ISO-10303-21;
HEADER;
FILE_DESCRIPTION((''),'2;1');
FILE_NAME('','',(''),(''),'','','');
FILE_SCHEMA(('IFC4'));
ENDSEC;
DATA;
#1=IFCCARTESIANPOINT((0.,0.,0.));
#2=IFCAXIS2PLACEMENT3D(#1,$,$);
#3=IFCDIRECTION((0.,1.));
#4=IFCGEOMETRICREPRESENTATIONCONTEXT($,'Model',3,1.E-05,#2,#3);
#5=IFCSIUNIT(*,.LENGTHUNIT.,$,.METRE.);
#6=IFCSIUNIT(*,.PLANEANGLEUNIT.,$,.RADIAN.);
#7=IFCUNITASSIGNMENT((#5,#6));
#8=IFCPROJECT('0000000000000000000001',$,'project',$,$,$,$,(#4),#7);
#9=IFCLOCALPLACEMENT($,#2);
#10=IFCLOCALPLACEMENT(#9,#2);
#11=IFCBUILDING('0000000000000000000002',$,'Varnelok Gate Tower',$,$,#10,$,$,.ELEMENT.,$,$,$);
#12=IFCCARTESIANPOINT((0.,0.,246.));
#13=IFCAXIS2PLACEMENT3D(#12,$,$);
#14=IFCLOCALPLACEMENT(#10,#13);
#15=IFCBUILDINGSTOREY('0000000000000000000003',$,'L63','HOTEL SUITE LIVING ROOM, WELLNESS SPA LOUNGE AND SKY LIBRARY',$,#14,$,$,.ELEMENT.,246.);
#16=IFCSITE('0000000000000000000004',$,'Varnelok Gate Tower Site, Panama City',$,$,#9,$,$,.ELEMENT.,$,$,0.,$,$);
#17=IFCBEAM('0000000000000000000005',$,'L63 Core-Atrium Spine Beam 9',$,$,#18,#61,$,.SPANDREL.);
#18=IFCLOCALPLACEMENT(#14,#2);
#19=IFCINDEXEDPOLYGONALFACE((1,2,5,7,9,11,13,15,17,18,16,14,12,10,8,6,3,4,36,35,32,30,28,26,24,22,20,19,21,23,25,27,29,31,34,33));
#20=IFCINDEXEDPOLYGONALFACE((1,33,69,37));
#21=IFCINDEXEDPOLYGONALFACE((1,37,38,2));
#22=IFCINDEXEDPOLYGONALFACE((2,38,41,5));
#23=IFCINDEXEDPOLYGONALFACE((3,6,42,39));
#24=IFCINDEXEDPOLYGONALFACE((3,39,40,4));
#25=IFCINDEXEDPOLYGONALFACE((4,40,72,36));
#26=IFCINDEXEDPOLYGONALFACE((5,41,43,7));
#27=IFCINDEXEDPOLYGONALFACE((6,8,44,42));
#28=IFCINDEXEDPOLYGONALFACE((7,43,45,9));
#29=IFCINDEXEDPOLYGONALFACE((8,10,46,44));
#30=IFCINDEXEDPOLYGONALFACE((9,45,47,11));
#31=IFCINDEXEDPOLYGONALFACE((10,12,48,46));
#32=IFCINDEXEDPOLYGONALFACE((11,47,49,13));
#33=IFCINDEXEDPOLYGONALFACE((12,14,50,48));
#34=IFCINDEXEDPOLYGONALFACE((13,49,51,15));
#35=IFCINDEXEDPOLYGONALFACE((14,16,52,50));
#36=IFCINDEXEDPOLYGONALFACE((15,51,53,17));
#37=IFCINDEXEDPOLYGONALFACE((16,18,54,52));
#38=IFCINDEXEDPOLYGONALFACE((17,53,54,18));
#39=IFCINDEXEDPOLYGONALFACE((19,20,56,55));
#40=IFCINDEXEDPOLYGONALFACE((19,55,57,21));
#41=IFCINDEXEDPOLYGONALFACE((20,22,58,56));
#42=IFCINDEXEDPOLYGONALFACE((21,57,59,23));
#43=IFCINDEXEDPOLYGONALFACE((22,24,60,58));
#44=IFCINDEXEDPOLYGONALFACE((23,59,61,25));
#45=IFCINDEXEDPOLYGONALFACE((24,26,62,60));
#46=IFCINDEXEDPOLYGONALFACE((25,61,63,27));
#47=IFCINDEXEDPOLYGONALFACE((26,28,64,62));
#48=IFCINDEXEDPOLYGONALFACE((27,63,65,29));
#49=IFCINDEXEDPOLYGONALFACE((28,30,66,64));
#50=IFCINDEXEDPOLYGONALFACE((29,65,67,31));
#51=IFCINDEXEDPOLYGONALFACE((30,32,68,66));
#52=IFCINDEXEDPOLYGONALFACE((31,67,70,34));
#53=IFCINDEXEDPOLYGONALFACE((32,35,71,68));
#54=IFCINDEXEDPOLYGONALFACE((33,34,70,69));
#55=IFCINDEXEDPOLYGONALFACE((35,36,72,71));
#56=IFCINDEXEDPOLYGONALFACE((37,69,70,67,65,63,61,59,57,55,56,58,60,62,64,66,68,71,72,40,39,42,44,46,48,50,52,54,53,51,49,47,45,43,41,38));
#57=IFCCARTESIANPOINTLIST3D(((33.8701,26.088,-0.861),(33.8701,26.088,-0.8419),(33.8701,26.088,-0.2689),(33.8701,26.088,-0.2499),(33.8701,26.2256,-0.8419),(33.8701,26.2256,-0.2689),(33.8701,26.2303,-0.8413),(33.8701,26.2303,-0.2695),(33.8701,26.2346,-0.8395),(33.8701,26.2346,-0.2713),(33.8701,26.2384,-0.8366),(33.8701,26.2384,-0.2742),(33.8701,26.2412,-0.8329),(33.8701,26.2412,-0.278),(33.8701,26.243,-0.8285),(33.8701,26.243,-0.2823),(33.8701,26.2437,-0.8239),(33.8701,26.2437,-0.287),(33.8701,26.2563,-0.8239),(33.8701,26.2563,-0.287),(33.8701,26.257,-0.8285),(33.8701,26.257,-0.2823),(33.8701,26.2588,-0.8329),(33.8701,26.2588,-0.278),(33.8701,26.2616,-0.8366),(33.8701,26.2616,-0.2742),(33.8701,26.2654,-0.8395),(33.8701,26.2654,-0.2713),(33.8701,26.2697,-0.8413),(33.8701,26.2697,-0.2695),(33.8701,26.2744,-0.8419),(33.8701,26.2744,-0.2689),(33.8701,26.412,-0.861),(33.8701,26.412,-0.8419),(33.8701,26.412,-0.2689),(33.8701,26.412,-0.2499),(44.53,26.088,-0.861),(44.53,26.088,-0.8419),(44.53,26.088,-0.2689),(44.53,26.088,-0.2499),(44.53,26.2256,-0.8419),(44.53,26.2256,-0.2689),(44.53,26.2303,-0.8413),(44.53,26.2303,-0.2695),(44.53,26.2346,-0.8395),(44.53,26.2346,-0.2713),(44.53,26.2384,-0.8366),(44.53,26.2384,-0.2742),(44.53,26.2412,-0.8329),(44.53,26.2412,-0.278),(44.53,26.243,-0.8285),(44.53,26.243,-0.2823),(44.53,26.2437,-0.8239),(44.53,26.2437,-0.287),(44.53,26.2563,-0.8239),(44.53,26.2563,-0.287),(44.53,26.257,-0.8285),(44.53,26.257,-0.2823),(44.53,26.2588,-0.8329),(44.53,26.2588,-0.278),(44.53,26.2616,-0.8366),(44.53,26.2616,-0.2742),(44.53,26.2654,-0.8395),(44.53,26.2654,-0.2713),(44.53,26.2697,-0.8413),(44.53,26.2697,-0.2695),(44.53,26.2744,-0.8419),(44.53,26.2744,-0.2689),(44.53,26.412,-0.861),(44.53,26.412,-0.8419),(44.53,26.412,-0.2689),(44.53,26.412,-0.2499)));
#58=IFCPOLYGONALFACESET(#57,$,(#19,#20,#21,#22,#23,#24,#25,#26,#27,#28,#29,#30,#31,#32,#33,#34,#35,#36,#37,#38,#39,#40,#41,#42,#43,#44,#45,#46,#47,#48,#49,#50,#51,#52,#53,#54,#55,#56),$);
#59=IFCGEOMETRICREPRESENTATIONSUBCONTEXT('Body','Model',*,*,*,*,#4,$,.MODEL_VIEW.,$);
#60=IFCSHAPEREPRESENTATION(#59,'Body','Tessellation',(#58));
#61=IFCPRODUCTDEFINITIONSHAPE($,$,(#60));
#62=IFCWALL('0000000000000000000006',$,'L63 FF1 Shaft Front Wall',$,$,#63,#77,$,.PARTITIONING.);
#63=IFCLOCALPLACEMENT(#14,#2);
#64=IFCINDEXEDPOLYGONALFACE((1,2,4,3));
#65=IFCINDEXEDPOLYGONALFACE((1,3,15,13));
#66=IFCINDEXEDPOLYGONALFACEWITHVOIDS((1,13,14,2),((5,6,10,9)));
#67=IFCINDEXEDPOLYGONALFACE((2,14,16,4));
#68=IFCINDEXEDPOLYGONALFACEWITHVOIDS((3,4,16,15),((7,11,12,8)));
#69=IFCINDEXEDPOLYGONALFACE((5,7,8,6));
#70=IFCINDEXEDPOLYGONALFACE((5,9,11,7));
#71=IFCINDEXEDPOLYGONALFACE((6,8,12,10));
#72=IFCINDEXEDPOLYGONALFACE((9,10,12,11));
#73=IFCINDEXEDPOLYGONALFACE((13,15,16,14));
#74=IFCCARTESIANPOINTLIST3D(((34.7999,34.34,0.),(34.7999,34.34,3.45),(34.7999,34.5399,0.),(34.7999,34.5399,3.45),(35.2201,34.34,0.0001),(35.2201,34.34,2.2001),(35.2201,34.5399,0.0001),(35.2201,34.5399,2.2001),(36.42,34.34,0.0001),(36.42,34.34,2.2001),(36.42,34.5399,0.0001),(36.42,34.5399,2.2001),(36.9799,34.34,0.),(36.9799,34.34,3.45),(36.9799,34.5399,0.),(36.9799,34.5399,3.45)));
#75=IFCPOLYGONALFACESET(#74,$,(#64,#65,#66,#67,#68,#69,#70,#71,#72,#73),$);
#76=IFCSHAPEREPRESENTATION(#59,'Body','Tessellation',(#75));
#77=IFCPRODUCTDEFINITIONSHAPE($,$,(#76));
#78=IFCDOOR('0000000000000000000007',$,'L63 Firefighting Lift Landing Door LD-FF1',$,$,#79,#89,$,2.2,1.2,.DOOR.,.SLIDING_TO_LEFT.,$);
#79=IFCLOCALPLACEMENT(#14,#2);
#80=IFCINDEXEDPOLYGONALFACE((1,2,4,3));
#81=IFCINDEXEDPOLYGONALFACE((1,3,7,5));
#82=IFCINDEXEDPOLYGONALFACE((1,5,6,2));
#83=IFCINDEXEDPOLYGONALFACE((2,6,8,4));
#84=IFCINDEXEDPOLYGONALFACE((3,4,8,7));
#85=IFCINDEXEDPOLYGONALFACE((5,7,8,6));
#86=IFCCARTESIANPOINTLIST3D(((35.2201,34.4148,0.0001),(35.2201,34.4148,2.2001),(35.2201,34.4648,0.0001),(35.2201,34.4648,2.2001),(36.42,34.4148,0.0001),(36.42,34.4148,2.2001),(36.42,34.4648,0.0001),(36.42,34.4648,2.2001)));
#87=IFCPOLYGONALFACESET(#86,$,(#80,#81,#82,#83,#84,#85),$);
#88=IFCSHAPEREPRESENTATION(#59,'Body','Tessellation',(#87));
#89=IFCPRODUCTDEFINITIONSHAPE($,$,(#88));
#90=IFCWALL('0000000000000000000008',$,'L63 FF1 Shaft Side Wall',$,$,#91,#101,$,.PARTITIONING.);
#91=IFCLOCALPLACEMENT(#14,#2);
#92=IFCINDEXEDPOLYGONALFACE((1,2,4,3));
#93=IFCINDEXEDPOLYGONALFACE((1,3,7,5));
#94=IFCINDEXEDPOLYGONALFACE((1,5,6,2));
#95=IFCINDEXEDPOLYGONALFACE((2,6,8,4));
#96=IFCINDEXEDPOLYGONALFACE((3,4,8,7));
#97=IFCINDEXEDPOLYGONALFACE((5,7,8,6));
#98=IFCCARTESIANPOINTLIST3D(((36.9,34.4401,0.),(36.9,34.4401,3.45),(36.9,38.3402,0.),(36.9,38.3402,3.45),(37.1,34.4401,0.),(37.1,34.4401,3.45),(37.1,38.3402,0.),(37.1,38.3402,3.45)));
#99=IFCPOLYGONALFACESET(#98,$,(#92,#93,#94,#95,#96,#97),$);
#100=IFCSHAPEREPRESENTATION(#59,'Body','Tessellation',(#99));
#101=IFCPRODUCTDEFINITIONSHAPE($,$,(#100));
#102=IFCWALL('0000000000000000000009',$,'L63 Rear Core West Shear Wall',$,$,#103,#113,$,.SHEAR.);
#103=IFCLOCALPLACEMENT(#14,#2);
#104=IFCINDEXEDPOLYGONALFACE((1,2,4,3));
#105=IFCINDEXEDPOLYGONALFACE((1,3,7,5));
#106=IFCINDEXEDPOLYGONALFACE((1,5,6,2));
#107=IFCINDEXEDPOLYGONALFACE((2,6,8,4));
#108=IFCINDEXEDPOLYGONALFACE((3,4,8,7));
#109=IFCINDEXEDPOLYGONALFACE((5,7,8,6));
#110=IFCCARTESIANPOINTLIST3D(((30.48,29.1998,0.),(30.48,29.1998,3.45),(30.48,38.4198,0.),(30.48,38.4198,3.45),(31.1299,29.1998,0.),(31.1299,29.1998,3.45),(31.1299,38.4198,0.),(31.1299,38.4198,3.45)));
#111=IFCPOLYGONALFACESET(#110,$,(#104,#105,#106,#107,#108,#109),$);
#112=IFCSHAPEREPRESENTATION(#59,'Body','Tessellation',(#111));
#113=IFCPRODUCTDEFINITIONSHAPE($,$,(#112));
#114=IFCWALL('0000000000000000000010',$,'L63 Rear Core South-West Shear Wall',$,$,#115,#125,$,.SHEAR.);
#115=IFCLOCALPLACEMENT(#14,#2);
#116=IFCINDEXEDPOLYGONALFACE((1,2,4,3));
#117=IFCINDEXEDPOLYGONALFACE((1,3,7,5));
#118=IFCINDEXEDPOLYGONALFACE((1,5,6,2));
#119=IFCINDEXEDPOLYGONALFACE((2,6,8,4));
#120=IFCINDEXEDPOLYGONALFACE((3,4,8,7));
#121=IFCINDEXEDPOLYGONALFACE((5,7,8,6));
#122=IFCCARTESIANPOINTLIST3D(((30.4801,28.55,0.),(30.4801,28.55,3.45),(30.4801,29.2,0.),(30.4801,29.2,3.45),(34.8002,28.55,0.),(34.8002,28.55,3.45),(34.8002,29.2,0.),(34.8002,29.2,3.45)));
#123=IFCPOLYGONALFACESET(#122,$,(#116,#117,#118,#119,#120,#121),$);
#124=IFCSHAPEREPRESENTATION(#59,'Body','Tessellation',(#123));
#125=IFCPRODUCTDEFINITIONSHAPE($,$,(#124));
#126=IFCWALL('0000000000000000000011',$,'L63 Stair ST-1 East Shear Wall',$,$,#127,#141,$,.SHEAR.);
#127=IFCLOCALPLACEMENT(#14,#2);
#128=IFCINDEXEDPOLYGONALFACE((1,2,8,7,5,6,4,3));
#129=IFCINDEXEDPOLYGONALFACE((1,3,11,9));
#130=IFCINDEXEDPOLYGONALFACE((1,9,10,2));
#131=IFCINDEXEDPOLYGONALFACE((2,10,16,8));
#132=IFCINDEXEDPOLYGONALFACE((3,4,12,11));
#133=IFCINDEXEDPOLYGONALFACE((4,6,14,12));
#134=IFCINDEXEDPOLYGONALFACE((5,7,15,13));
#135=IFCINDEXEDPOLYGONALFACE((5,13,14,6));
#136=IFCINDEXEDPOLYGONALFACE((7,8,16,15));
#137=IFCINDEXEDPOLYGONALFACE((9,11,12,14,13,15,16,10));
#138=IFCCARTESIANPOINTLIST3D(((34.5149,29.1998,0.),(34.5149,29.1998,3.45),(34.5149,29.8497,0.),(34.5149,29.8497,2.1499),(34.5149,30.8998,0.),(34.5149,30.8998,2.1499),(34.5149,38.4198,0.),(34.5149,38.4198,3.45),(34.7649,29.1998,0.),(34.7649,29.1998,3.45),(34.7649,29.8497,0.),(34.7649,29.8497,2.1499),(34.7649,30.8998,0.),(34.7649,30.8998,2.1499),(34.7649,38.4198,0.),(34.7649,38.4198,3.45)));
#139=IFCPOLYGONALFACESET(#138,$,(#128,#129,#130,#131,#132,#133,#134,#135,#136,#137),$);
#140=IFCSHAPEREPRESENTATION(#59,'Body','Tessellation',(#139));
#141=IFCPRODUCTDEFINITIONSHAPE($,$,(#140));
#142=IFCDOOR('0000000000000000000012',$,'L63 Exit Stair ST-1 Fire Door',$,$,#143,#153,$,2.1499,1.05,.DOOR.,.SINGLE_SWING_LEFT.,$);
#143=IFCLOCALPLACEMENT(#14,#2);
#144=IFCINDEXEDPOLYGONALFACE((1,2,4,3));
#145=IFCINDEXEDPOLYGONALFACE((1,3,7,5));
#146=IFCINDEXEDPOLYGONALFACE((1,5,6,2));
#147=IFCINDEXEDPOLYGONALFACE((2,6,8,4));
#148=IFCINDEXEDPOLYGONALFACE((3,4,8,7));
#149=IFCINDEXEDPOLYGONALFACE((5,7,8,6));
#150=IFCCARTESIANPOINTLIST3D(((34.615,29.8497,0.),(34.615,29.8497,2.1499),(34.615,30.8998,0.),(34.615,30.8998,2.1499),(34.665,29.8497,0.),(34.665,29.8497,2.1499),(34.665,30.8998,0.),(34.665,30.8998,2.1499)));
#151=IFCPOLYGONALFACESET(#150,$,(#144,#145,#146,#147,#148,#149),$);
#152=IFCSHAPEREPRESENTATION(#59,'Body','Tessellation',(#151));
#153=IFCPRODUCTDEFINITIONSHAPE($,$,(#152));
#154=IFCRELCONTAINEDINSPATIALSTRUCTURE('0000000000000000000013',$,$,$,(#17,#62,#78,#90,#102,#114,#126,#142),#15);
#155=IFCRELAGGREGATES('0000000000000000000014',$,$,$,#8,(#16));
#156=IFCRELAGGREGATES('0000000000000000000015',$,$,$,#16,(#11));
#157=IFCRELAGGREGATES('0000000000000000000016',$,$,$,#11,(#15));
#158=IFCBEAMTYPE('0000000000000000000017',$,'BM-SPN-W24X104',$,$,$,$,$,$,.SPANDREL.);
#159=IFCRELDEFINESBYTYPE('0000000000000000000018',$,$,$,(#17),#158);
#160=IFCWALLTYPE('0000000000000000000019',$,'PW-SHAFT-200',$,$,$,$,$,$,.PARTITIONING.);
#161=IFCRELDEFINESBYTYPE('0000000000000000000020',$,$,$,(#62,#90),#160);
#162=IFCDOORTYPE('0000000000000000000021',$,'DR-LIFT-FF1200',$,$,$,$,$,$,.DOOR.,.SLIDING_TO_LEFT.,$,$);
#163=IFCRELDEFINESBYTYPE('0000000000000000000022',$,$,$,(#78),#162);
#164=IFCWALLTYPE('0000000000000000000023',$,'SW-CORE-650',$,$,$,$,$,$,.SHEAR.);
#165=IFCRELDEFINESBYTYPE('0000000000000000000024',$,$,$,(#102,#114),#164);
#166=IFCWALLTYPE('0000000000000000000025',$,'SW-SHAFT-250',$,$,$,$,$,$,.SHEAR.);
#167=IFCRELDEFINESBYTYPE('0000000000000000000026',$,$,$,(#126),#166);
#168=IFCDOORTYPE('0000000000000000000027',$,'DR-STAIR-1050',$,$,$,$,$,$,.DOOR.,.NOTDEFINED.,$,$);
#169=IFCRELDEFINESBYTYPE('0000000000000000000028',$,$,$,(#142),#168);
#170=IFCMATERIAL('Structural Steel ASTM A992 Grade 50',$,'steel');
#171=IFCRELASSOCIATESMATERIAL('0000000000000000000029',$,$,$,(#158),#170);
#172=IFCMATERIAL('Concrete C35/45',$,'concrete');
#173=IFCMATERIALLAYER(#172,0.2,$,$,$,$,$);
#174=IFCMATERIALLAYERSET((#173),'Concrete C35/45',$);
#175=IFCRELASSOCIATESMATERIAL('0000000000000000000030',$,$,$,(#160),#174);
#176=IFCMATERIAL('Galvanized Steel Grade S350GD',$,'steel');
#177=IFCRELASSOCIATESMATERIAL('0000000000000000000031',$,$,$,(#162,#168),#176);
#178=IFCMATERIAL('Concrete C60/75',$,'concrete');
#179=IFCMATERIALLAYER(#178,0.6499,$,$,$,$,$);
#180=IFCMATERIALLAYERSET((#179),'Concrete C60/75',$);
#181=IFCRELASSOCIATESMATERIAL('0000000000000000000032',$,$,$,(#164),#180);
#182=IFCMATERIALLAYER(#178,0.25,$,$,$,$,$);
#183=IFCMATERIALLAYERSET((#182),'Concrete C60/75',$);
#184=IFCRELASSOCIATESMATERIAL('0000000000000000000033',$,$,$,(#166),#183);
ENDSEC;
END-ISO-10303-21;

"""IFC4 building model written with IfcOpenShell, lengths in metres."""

from ifc_helpers import new_model, si_unit, direction, frame, frame_2d, origin, origin_2d, place, context, subcontext, project, spatial, rectangle, i_section, extrude, material, layer, layer_set, material_profile, profile_set, type_object, element, fill, save


model = new_model("IFC4")

# Units and contexts
model_context = context("Model", 3, precision=1e-05, world=origin(), true_north=direction((0.0, 1.0)))
body_context = subcontext(model_context, "Body", "Model", "MODEL_VIEW")
ifc_project = project(units=[si_unit("LENGTHUNIT", "METRE"), si_unit("PLANEANGLEUNIT", "RADIAN")], contexts=[model_context])

# Site, building, storey
site_placement = place(None, origin())
site = spatial("IfcSite", under=ifc_project, at=site_placement, Name="Varnelok Gate Tower Site, Panama City", CompositionType="ELEMENT", RefElevation=0.0)
building_placement = place(site_placement, origin())
building = spatial("IfcBuilding", under=site, at=building_placement, Name="Varnelok Gate Tower", CompositionType="ELEMENT")
storey_placement = place(building_placement, frame((0.0, 0.0, 246.0)))
storey = spatial("IfcBuildingStorey", under=building, at=storey_placement, Name="L63", Description="HOTEL SUITE LIVING ROOM, WELLNESS SPA LOUNGE AND SKY LIBRARY", CompositionType="ELEMENT", Elevation=246.0)

# Shared definitions
ifc_material_1 = material(Name="Concrete C60/75", Category="concrete")
ifc_material_2 = material(Name="Structural Steel ASTM A992 Grade 50", Category="steel")

# Beam
ifc_material_profile_1 = material_profile(ifc_material_2, i_section(OverallWidth=0.324, OverallDepth=0.6111, WebThickness=0.0127, FlangeThickness=0.019, FilletRadius=0.0181, at=origin_2d()), Name="W24X104")
ifc_profile_set_1 = profile_set([ifc_material_profile_1], Name="Structural Steel ASTM A992 Grade 50")
beam_type_1 = type_object("IfcBeamType", Name="BM-SPN-W24X104", PredefinedType="SPANDREL", material=ifc_profile_set_1)
beam_1_placement = place(storey_placement, frame((33.8701, 26.25, -0.5554), z_axis=(1.0, 0.0, 0.0), x_axis=(0.0, 1.0, 0.0)))
element("IfcBeam", 1, at=beam_1_placement, inside=storey, type_object=beam_type_1, Name="L63 Core-Atrium Spine Beam 9", PredefinedType="SPANDREL", context=body_context, shape_type="SweptSolid", body=[
    extrude(i_section(OverallWidth=0.324, OverallDepth=0.6111, WebThickness=0.0127, FlangeThickness=0.019, FilletRadius=0.0181, at=origin_2d()), origin(), (0.0, 0.0, 1.0), 10.6599),
])

# Wall, opening, door
ifc_material_3 = material(Name="Concrete C35/45", Category="concrete")
ifc_layer_1 = layer(ifc_material_3, 0.2)
ifc_layer_set_1 = layer_set([ifc_layer_1], Name="Concrete C35/45")
wall_type_1 = type_object("IfcWallType", Name="PW-SHAFT-200", PredefinedType="PARTITIONING", material=ifc_layer_set_1)
wall_1_placement = place(storey_placement, frame((34.8, 34.4399, 0.0), z_axis=(0.0, 0.0, 1.0), x_axis=(1.0, 0.0, 0.0)))
wall_1 = element("IfcWall", 2, at=wall_1_placement, inside=storey, type_object=wall_type_1, Name="L63 FF1 Shaft Front Wall", PredefinedType="PARTITIONING", context=body_context, shape_type="SweptSolid", body=[
    extrude(rectangle(XDim=2.1799, YDim=0.2, at=frame_2d((1.0898, 0.0))), origin(), (0.0, 0.0, 1.0), 3.45),
])
opening_1_placement = place(wall_1_placement, frame((0.4199, 0.0, 0.0)))
opening_1 = element("IfcOpeningElement", 3, at=opening_1_placement, cuts=wall_1, PredefinedType="OPENING", context=body_context, shape_type="SweptSolid", body=[
    extrude(rectangle(XDim=1.2, YDim=2.2, at=frame_2d((0.6001, 1.1001))), frame((0.0, 0.1099, 0.0), z_axis=(0.0, -1.0, 0.0), x_axis=(1.0, 0.0, 0.0)), (0.0, 0.0, 1.0), 0.22),
])
ifc_material_4 = material(Name="Galvanized Steel Grade S350GD", Category="steel")
door_type_1 = type_object("IfcDoorType", Name="DR-LIFT-FF1200", OperationType="SLIDING_TO_LEFT", PredefinedType="DOOR", material=ifc_material_4)
door_1_placement = place(opening_1_placement, origin())
door_1 = element("IfcDoor", 4, at=door_1_placement, inside=storey, type_object=door_type_1, Name="L63 Firefighting Lift Landing Door LD-FF1", OperationType="SLIDING_TO_LEFT", OverallHeight=2.2, OverallWidth=1.2, PredefinedType="DOOR", context=body_context, shape_type="SweptSolid", body=[
    extrude(rectangle(XDim=1.2, YDim=2.2, at=frame_2d((0.6001, 1.1001))), frame((0.0, 0.0249, 0.0), z_axis=(0.0, -1.0, 0.0), x_axis=(1.0, 0.0, 0.0)), (0.0, 0.0, 1.0), 0.05),
])
fill(opening_1, door_1)

# Walls
wall_2_placement = place(storey_placement, frame((37.0, 34.4399, 0.0), z_axis=(0.0, 0.0, 1.0), x_axis=(0.0, 1.0, 0.0)))
element("IfcWall", 5, at=wall_2_placement, inside=storey, type_object=wall_type_1, Name="L63 FF1 Shaft Side Wall", PredefinedType="PARTITIONING", context=body_context, shape_type="SweptSolid", body=[
    extrude(rectangle(XDim=3.9001, YDim=0.2, at=frame_2d((1.9502, 0.0))), origin(), (0.0, 0.0, 1.0), 3.45),
])
ifc_layer_2 = layer(ifc_material_1, 0.6499)
ifc_layer_set_2 = layer_set([ifc_layer_2], Name="Concrete C60/75")
wall_type_2 = type_object("IfcWallType", Name="SW-CORE-650", PredefinedType="SHEAR", material=ifc_layer_set_2)
wall_3_placement = place(storey_placement, frame((30.8049, 29.2, 0.0), z_axis=(0.0, 0.0, 1.0), x_axis=(0.0, 1.0, 0.0)))
element("IfcWall", 6, at=wall_3_placement, inside=storey, type_object=wall_type_2, Name="L63 Rear Core West Shear Wall", PredefinedType="SHEAR", context=body_context, shape_type="SweptSolid", body=[
    extrude(rectangle(XDim=9.22, YDim=0.6499, at=frame_2d((4.6099, 0.0))), origin(), (0.0, 0.0, 1.0), 3.45),
])
wall_4_placement = place(storey_placement, frame((30.48, 28.875, 0.0), z_axis=(0.0, 0.0, 1.0), x_axis=(1.0, 0.0, 0.0)))
element("IfcWall", 7, at=wall_4_placement, inside=storey, type_object=wall_type_2, Name="L63 Rear Core South-West Shear Wall", PredefinedType="SHEAR", context=body_context, shape_type="SweptSolid", body=[
    extrude(rectangle(XDim=4.3201, YDim=0.6499, at=frame_2d((2.1602, 0.0))), origin(), (0.0, 0.0, 1.0), 3.45),
])

# Wall, opening, door
ifc_layer_3 = layer(ifc_material_1, 0.25)
ifc_layer_set_3 = layer_set([ifc_layer_3], Name="Concrete C60/75")
wall_type_3 = type_object("IfcWallType", Name="SW-SHAFT-250", PredefinedType="SHEAR", material=ifc_layer_set_3)
wall_5_placement = place(storey_placement, frame((34.6399, 29.2, 0.0), z_axis=(0.0, 0.0, 1.0), x_axis=(0.0, 1.0, 0.0)))
wall_5 = element("IfcWall", 8, at=wall_5_placement, inside=storey, type_object=wall_type_3, Name="L63 Stair ST-1 East Shear Wall", PredefinedType="SHEAR", context=body_context, shape_type="SweptSolid", body=[
    extrude(rectangle(XDim=9.22, YDim=0.25, at=frame_2d((4.6099, 0.0))), origin(), (0.0, 0.0, 1.0), 3.45),
])
opening_2_placement = place(wall_5_placement, frame((0.6499, 0.0, 0.0)))
opening_2 = element("IfcOpeningElement", 9, at=opening_2_placement, cuts=wall_5, PredefinedType="OPENING", context=body_context, shape_type="SweptSolid", body=[
    extrude(rectangle(XDim=1.05, YDim=2.1499, at=frame_2d((0.5249, 1.075))), frame((0.0, 0.135, 0.0), z_axis=(0.0, -1.0, 0.0), x_axis=(1.0, 0.0, 0.0)), (0.0, 0.0, 1.0), 0.27),
])
door_type_2 = type_object("IfcDoorType", Name="DR-STAIR-1050", OperationType="NOTDEFINED", PredefinedType="DOOR", material=ifc_material_4)
door_2_placement = place(opening_2_placement, origin())
door_2 = element("IfcDoor", 10, at=door_2_placement, inside=storey, type_object=door_type_2, Name="L63 Exit Stair ST-1 Fire Door", OperationType="SINGLE_SWING_LEFT", OverallHeight=2.1499, OverallWidth=1.05, PredefinedType="DOOR", context=body_context, shape_type="SweptSolid", body=[
    extrude(rectangle(XDim=1.05, YDim=2.1499, at=frame_2d((0.5249, 1.075))), frame((0.0, 0.0249, 0.0), z_axis=(0.0, -1.0, 0.0), x_axis=(1.0, 0.0, 0.0)), (0.0, 0.0, 1.0), 0.05),
])
fill(opening_2, door_2)

save(model, "model.ifc")
